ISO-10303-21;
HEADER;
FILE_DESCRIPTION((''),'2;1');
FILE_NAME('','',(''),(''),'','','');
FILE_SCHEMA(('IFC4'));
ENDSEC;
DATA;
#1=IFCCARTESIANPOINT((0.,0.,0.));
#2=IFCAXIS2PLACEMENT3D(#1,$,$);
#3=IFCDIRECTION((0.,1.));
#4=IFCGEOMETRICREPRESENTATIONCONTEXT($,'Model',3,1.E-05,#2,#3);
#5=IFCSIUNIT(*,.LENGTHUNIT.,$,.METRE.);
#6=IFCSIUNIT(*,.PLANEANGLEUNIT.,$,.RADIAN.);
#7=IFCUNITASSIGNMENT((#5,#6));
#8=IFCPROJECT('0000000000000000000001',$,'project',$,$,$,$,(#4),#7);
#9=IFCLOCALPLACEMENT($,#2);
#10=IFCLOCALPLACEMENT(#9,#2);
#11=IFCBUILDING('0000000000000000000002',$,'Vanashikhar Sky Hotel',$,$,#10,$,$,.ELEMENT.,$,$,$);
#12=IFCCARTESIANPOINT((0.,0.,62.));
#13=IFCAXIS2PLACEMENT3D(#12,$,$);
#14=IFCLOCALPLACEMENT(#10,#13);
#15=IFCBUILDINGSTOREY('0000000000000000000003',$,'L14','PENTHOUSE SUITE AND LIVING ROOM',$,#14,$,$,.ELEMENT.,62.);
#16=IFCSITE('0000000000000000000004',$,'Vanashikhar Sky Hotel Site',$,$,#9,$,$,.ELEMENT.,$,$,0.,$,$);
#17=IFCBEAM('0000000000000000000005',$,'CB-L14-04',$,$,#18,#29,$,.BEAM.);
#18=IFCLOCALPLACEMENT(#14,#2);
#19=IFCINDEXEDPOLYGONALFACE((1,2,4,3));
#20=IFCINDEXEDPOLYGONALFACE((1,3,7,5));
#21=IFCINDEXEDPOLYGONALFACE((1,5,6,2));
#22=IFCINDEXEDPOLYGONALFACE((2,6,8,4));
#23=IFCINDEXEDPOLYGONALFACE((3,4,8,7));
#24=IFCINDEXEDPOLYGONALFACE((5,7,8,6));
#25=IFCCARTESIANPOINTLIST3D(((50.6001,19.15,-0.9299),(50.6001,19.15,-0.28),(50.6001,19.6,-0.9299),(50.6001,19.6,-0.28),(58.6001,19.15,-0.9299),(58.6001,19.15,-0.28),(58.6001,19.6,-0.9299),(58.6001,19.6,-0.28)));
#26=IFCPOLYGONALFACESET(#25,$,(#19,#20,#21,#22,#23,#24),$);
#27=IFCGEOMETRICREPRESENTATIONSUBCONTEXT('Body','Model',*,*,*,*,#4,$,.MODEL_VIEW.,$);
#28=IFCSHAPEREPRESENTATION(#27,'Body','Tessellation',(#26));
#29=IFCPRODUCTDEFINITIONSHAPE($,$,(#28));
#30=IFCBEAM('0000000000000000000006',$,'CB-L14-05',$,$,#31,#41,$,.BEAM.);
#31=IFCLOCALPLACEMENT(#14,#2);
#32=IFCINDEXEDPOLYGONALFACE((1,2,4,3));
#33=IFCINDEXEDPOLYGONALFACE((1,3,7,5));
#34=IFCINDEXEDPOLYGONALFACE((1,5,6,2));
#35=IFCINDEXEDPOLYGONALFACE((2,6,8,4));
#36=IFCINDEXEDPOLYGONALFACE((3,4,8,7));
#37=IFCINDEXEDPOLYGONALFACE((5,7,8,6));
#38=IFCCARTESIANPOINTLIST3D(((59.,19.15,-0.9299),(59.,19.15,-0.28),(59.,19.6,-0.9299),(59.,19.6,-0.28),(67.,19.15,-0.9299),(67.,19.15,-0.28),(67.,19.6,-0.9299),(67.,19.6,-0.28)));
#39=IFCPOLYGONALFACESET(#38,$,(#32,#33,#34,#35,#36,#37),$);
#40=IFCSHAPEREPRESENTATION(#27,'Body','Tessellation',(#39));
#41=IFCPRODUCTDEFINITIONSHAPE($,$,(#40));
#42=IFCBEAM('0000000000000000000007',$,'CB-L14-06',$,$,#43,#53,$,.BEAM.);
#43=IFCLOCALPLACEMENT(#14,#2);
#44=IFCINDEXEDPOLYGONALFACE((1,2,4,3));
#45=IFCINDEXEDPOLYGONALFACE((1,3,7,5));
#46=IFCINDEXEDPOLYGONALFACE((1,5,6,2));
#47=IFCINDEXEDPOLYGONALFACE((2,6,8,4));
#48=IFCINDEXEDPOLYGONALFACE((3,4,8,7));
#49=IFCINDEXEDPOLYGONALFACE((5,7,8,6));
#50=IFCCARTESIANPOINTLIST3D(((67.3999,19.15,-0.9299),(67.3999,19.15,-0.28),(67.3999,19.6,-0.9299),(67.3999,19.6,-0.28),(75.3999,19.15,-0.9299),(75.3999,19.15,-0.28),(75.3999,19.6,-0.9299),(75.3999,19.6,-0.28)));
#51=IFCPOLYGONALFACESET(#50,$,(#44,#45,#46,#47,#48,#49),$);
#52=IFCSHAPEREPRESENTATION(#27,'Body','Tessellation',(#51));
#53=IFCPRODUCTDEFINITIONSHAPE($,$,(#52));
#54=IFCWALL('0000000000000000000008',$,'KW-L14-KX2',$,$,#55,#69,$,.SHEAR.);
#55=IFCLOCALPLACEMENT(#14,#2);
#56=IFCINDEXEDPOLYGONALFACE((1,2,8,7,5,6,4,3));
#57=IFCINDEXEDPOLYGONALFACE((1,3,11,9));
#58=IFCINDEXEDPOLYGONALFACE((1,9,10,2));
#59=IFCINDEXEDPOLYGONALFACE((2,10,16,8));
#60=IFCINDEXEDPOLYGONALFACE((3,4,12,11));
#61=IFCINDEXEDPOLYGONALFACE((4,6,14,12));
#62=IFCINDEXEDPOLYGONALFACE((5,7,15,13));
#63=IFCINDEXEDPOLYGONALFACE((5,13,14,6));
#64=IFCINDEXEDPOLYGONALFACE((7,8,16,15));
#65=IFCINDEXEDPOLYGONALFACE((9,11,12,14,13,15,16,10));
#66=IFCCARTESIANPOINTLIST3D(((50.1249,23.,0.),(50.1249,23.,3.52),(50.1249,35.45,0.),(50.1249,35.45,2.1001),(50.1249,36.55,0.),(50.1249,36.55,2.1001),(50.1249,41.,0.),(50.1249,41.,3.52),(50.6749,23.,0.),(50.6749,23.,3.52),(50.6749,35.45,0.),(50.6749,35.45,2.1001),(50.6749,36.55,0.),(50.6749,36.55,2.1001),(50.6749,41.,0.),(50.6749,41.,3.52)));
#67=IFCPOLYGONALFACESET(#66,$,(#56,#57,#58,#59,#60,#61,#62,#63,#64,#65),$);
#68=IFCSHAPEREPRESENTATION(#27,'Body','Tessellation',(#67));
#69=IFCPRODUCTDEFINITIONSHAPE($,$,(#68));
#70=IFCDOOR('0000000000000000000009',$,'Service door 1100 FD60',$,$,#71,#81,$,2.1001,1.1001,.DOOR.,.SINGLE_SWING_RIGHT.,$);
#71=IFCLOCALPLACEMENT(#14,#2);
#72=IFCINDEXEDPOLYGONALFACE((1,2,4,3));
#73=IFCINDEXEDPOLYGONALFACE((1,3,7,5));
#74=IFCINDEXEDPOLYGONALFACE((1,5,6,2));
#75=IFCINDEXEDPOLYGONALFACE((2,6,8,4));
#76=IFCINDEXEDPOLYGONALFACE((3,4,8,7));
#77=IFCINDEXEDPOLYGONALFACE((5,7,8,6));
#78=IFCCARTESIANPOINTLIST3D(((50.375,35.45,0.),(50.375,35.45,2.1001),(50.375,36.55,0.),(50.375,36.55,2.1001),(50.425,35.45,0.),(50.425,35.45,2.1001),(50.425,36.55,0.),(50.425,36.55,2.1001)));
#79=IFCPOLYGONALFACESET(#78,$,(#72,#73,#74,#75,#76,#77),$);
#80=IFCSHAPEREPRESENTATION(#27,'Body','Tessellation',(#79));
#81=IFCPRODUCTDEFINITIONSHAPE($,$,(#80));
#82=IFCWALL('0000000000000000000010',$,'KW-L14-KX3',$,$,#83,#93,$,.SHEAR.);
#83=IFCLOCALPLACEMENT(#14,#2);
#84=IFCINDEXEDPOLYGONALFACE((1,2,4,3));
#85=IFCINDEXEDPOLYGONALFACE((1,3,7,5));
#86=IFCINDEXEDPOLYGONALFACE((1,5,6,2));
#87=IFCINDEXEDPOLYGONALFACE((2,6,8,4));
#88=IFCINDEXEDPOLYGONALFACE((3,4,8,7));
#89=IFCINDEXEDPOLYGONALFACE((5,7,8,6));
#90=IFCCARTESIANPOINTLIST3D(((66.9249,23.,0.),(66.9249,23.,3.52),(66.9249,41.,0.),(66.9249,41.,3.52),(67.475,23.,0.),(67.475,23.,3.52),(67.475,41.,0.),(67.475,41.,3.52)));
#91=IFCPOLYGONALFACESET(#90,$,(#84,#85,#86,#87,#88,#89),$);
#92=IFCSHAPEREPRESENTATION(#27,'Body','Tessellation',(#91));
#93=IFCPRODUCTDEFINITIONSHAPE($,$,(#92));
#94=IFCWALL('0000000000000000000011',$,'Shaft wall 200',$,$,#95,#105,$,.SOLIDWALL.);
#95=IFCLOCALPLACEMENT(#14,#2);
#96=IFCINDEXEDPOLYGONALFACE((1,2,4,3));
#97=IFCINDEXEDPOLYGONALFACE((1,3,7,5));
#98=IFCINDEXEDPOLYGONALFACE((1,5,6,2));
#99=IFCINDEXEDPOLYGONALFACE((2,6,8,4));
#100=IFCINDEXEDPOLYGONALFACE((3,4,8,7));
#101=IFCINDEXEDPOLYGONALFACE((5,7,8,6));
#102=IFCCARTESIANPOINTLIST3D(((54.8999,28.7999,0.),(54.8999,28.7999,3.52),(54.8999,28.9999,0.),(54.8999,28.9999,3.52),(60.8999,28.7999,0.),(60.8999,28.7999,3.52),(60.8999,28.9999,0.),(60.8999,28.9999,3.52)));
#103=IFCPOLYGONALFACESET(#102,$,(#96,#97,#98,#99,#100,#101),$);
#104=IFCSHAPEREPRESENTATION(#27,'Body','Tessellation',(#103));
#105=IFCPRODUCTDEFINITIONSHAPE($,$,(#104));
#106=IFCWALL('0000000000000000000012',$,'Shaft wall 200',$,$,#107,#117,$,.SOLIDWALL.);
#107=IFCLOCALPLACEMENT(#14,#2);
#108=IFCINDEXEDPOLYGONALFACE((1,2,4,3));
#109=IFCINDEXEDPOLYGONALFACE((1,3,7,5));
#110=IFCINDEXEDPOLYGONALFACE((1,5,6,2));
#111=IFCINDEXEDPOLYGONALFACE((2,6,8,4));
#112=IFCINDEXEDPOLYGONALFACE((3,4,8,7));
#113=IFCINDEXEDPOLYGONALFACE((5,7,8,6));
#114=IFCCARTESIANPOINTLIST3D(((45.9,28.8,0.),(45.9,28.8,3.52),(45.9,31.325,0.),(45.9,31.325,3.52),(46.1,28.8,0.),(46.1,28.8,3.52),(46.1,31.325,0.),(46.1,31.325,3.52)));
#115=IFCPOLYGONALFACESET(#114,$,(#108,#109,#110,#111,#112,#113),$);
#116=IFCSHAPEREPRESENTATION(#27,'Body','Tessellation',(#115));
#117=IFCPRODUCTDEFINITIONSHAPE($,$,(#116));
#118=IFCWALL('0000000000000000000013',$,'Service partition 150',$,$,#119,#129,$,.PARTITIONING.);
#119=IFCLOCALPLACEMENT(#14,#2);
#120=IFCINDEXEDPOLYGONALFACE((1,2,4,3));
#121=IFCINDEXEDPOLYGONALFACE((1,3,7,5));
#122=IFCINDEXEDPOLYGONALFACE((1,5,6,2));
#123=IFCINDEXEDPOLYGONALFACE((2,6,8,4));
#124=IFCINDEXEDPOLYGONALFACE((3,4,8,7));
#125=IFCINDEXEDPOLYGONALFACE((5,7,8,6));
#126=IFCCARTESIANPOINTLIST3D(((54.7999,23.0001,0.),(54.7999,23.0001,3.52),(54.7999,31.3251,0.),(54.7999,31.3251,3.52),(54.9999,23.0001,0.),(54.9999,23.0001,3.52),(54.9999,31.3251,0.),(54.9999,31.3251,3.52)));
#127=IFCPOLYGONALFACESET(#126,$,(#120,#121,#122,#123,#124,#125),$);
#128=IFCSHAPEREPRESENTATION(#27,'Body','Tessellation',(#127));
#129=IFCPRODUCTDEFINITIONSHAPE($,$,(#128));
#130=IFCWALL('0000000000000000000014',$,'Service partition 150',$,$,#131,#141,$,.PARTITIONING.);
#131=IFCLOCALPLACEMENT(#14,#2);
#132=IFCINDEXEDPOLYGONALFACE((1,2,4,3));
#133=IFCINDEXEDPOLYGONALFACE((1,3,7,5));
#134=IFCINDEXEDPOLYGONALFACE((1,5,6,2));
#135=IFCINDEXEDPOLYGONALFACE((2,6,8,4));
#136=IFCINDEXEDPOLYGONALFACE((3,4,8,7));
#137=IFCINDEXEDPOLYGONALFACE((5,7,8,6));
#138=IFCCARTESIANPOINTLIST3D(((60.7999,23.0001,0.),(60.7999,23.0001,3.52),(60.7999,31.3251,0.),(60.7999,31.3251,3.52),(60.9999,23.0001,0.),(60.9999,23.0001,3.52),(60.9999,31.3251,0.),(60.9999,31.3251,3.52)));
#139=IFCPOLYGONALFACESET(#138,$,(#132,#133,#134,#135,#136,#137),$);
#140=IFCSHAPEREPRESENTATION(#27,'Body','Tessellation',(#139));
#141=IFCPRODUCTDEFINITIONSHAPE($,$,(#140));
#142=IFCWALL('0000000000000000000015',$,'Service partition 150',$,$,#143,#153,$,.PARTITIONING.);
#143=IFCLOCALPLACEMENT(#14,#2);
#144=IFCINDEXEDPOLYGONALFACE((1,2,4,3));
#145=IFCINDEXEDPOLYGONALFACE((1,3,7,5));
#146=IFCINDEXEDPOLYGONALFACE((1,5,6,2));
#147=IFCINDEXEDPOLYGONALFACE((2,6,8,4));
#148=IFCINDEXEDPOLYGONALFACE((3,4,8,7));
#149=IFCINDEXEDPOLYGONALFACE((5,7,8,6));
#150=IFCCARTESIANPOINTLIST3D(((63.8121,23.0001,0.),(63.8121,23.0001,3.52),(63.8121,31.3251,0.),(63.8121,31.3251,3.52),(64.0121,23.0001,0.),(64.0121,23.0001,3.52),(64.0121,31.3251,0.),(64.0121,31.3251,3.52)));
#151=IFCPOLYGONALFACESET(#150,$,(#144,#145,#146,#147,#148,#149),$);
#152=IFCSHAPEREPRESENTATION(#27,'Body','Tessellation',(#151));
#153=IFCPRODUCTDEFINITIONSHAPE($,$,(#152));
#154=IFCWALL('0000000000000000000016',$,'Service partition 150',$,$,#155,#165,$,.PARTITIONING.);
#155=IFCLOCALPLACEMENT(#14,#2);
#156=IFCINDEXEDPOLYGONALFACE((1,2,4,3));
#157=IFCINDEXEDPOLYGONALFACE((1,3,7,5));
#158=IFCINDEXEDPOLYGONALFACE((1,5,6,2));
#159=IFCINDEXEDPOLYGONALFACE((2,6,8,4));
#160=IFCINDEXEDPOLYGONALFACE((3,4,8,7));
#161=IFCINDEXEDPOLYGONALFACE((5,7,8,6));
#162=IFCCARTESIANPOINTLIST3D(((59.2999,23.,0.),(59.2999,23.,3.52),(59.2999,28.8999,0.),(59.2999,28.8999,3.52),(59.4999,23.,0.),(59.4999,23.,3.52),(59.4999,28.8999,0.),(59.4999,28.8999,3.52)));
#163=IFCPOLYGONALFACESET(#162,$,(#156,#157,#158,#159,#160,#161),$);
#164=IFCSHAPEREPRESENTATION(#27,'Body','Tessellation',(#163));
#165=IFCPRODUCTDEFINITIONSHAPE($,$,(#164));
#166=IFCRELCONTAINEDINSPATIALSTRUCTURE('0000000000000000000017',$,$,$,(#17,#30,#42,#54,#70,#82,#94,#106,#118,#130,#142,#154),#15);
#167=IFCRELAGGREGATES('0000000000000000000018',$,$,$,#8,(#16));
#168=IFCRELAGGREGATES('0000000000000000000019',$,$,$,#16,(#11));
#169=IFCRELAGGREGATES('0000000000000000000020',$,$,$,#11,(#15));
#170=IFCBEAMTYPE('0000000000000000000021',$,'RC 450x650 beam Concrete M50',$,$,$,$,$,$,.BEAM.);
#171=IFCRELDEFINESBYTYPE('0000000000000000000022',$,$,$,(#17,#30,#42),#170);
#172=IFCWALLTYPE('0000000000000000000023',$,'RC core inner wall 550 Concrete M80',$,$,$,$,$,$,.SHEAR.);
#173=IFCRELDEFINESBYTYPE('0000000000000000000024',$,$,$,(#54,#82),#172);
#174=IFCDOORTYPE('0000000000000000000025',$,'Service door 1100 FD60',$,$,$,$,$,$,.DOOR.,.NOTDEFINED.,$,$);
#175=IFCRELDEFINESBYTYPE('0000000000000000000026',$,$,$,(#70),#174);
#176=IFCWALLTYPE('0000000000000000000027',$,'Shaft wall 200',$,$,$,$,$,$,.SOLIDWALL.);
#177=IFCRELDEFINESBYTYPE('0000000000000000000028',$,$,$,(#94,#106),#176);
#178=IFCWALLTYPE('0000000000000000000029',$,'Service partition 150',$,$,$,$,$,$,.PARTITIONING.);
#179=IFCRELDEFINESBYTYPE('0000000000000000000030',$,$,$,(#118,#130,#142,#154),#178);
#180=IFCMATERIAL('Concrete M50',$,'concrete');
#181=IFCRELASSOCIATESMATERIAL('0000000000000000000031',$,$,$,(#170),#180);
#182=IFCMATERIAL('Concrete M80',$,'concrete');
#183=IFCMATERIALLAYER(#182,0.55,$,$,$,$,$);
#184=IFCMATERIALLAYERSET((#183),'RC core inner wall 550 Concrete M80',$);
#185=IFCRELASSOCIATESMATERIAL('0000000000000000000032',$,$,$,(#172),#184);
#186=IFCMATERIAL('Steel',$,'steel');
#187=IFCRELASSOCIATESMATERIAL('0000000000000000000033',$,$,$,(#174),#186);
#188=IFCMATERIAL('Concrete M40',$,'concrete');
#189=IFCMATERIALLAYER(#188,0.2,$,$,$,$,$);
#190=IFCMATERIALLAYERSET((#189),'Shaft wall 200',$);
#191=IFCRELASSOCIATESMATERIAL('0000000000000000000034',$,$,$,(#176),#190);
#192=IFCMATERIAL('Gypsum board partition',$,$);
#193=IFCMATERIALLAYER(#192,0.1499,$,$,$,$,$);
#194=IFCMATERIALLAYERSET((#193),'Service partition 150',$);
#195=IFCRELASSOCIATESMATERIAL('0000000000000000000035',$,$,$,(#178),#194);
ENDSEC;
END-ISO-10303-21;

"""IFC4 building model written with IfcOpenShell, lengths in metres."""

from ifc_helpers import new_model, si_unit, direction, frame, frame_2d, origin, origin_2d, place, context, subcontext, project, spatial, rectangle, extrude, source, transform, mapped, material, layer, layer_set, material_profile, profile_set, type_object, element, fill, save


model = new_model("IFC4")

# Units and contexts
model_context = context("Model", 3, precision=1e-05, world=origin(), true_north=direction((0.0, 1.0)))
body_context = subcontext(model_context, "Body", "Model", "MODEL_VIEW")
ifc_project = project(units=[si_unit("LENGTHUNIT", "METRE"), si_unit("PLANEANGLEUNIT", "RADIAN")], contexts=[model_context])

# Site, building, storey
site_placement = place(None, origin())
site = spatial("IfcSite", under=ifc_project, at=site_placement, Name="Vanashikhar Sky Hotel Site", CompositionType="ELEMENT", RefElevation=0.0)
building_placement = place(site_placement, origin())
building = spatial("IfcBuilding", under=site, at=building_placement, Name="Vanashikhar Sky Hotel", CompositionType="ELEMENT")
storey_placement = place(building_placement, frame((0.0, 0.0, 62.0)))
storey = spatial("IfcBuildingStorey", under=building, at=storey_placement, Name="L14", Description="PENTHOUSE SUITE AND LIVING ROOM", CompositionType="ELEMENT", Elevation=62.0)

# Beams
ifc_material_1 = material(Name="Concrete M50", Category="concrete")
ifc_material_profile = material_profile(ifc_material_1, rectangle(XDim=0.45, YDim=0.6499, at=origin_2d()))
ifc_profile_set = profile_set([ifc_material_profile], Name="RC 450x650 beam Concrete M50")
beam_type = type_object("IfcBeamType", Name="RC 450x650 beam Concrete M50", PredefinedType="BEAM", material=ifc_profile_set)
shared_shape_1 = source(origin(), body_context, "Body", "SweptSolid", [
    extrude(rectangle(XDim=0.45, YDim=0.6499, at=origin_2d()), origin(), (0.0, 0.0, 1.0), 8.0),
])
for number, where, z_axis, x_axis, name in (
    (1, (50.6001, 19.375, -0.605), (1.0, 0.0, 0.0), (0.0, 1.0, 0.0), "CB-L14-04"),
    (2, (59.0, 19.375, -0.605), (1.0, 0.0, 0.0), (0.0, 1.0, 0.0), "CB-L14-05"),
    (3, (67.3999, 19.375, -0.605), (1.0, 0.0, 0.0), (0.0, 1.0, 0.0), "CB-L14-06"),
):
    element("IfcBeam", number, at=place(storey_placement, frame(where, z_axis=z_axis, x_axis=x_axis)), inside=storey, type_object=beam_type, Name=name, PredefinedType="BEAM", context=body_context, shape_type="MappedRepresentation", body=[
        mapped(shared_shape_1, transform((0.0, 0.0, 0.0), scale=1.0)),
    ])

# Wall, opening, door
ifc_material_2 = material(Name="Concrete M80", Category="concrete")
ifc_layer_1 = layer(ifc_material_2, 0.55)
ifc_layer_set_1 = layer_set([ifc_layer_1], Name="RC core inner wall 550 Concrete M80")
wall_type_1 = type_object("IfcWallType", Name="RC core inner wall 550 Concrete M80", PredefinedType="SHEAR", material=ifc_layer_set_1)
shared_shape_2 = source(origin(), body_context, "Body", "SweptSolid", [
    extrude(rectangle(XDim=18.0, YDim=0.55, at=frame_2d((9.0, 0.0))), origin(), (0.0, 0.0, 1.0), 3.52),
])
wall_1_placement = place(storey_placement, frame((50.3999, 23.0, 0.0), z_axis=(0.0, 0.0, 1.0), x_axis=(0.0, 1.0, 0.0)))
wall_1 = element("IfcWall", 4, at=wall_1_placement, inside=storey, type_object=wall_type_1, Name="KW-L14-KX2", PredefinedType="SHEAR", context=body_context, shape_type="MappedRepresentation", body=[
    mapped(shared_shape_2, transform((0.0, 0.0, 0.0), scale=1.0)),
])
shared_shape_3 = source(origin(), body_context, "Body", "SweptSolid", [
    extrude(rectangle(XDim=1.1001, YDim=2.1001, at=frame_2d((0.55, 1.05))), frame((0.0, 0.2852, 0.0), z_axis=(0.0, -1.0, 0.0), x_axis=(1.0, 0.0, 0.0)), (0.0, 0.0, 1.0), 0.5701),
])
opening_1_placement = place(wall_1_placement, frame((12.45, 0.0, 0.0)))
opening_1 = element("IfcOpeningElement", 5, at=opening_1_placement, cuts=wall_1, PredefinedType="OPENING", context=body_context, shape_type="MappedRepresentation", body=[
    mapped(shared_shape_3, transform((0.0, 0.0, 0.0), scale=1.0)),
])
ifc_material_3 = material(Name="Steel", Category="steel")
door_type_1 = type_object("IfcDoorType", Name="Service door 1100 FD60", OperationType="NOTDEFINED", PredefinedType="DOOR", material=ifc_material_3)
shared_shape_4 = source(origin(), body_context, "Body", "SweptSolid", [
    extrude(rectangle(XDim=1.1001, YDim=2.1001, at=frame_2d((0.55, 1.05))), frame((0.0, 0.0249, 0.0), z_axis=(0.0, -1.0, 0.0), x_axis=(1.0, 0.0, 0.0)), (0.0, 0.0, 1.0), 0.05),
])
door_1_placement = place(opening_1_placement, origin())
door_1 = element("IfcDoor", 6, at=door_1_placement, inside=storey, type_object=door_type_1, Name="Service door 1100 FD60", OperationType="SINGLE_SWING_RIGHT", OverallHeight=2.1001, OverallWidth=1.1001, PredefinedType="DOOR", context=body_context, shape_type="MappedRepresentation", body=[
    mapped(shared_shape_4, transform((0.0, 0.0, 0.0), scale=1.0)),
])
fill(opening_1, door_1)

# Walls
wall_2_placement = place(storey_placement, frame((67.2, 23.0, 0.0), z_axis=(0.0, 0.0, 1.0), x_axis=(0.0, 1.0, 0.0)))
element("IfcWall", 7, at=wall_2_placement, inside=storey, type_object=wall_type_1, Name="KW-L14-KX3", PredefinedType="SHEAR", context=body_context, shape_type="MappedRepresentation", body=[
    mapped(shared_shape_2, transform((0.0, 0.0, 0.0), scale=1.0)),
])
ifc_material_4 = material(Name="Concrete M40", Category="concrete")
ifc_layer_2 = layer(ifc_material_4, 0.2)
ifc_layer_set_2 = layer_set([ifc_layer_2], Name="Shaft wall 200")
wall_type_2 = type_object("IfcWallType", Name="Shaft wall 200", PredefinedType="SOLIDWALL", material=ifc_layer_set_2)
shared_shape_5 = source(origin(), body_context, "Body", "SweptSolid", [
    extrude(rectangle(XDim=6.0, YDim=0.2, at=frame_2d((3.0, 0.0))), origin(), (0.0, 0.0, 1.0), 3.52),
])
wall_3_placement = place(storey_placement, frame((60.8999, 28.8999, 0.0), z_axis=(0.0, 0.0, 1.0), x_axis=(-1.0, 0.0, 0.0)))
element("IfcWall", 8, at=wall_3_placement, inside=storey, type_object=wall_type_2, Name="Shaft wall 200", PredefinedType="SOLIDWALL", context=body_context, shape_type="MappedRepresentation", body=[
    mapped(shared_shape_5, transform((0.0, 0.0, 0.0), scale=1.0)),
])
shared_shape_6 = source(origin(), body_context, "Body", "SweptSolid", [
    extrude(rectangle(XDim=2.5249, YDim=0.2, at=frame_2d((1.2625, 0.0))), origin(), (0.0, 0.0, 1.0), 3.52),
])
wall_4_placement = place(storey_placement, frame((46.0, 28.8, 0.0), z_axis=(0.0, 0.0, 1.0), x_axis=(0.0, 1.0, 0.0)))
element("IfcWall", 9, at=wall_4_placement, inside=storey, type_object=wall_type_2, Name="Shaft wall 200", PredefinedType="SOLIDWALL", context=body_context, shape_type="MappedRepresentation", body=[
    mapped(shared_shape_6, transform((0.0, 0.0, 0.0), scale=1.0)),
])
ifc_material_5 = material(Name="Gypsum board partition")
ifc_layer_3 = layer(ifc_material_5, 0.1499)
ifc_layer_set_3 = layer_set([ifc_layer_3], Name="Service partition 150")
wall_type_3 = type_object("IfcWallType", Name="Service partition 150", PredefinedType="PARTITIONING", material=ifc_layer_set_3)
shared_shape_7 = source(origin(), body_context, "Body", "SweptSolid", [
    extrude(rectangle(XDim=8.325, YDim=0.2, at=frame_2d((4.1626, 0.0))), origin(), (0.0, 0.0, 1.0), 3.52),
])
for number, where, z_axis, x_axis, name in (
    (10, (54.8999, 23.0, 0.0), (0.0, 0.0, 1.0), (0.0, 1.0, 0.0), "Service partition 150"),
    (11, (60.8999, 23.0, 0.0), (0.0, 0.0, 1.0), (0.0, 1.0, 0.0), "Service partition 150"),
    (12, (63.9121, 23.0, 0.0), (0.0, 0.0, 1.0), (0.0, 1.0, 0.0), "Service partition 150"),
):
    element("IfcWall", number, at=place(storey_placement, frame(where, z_axis=z_axis, x_axis=x_axis)), inside=storey, type_object=wall_type_3, Name=name, PredefinedType="PARTITIONING", context=body_context, shape_type="MappedRepresentation", body=[
        mapped(shared_shape_7, transform((0.0, 0.0, 0.0), scale=1.0)),
    ])
shared_shape_8 = source(origin(), body_context, "Body", "SweptSolid", [
    extrude(rectangle(XDim=5.8999, YDim=0.2, at=frame_2d((2.95, 0.0))), origin(), (0.0, 0.0, 1.0), 3.52),
])
wall_5_placement = place(storey_placement, frame((59.3999, 23.0, 0.0), z_axis=(0.0, 0.0, 1.0), x_axis=(0.0, 1.0, 0.0)))
element("IfcWall", 13, at=wall_5_placement, inside=storey, type_object=wall_type_3, Name="Service partition 150", PredefinedType="PARTITIONING", context=body_context, shape_type="MappedRepresentation", body=[
    mapped(shared_shape_8, transform((0.0, 0.0, 0.0), scale=1.0)),
])

save(model, "model.ifc")
